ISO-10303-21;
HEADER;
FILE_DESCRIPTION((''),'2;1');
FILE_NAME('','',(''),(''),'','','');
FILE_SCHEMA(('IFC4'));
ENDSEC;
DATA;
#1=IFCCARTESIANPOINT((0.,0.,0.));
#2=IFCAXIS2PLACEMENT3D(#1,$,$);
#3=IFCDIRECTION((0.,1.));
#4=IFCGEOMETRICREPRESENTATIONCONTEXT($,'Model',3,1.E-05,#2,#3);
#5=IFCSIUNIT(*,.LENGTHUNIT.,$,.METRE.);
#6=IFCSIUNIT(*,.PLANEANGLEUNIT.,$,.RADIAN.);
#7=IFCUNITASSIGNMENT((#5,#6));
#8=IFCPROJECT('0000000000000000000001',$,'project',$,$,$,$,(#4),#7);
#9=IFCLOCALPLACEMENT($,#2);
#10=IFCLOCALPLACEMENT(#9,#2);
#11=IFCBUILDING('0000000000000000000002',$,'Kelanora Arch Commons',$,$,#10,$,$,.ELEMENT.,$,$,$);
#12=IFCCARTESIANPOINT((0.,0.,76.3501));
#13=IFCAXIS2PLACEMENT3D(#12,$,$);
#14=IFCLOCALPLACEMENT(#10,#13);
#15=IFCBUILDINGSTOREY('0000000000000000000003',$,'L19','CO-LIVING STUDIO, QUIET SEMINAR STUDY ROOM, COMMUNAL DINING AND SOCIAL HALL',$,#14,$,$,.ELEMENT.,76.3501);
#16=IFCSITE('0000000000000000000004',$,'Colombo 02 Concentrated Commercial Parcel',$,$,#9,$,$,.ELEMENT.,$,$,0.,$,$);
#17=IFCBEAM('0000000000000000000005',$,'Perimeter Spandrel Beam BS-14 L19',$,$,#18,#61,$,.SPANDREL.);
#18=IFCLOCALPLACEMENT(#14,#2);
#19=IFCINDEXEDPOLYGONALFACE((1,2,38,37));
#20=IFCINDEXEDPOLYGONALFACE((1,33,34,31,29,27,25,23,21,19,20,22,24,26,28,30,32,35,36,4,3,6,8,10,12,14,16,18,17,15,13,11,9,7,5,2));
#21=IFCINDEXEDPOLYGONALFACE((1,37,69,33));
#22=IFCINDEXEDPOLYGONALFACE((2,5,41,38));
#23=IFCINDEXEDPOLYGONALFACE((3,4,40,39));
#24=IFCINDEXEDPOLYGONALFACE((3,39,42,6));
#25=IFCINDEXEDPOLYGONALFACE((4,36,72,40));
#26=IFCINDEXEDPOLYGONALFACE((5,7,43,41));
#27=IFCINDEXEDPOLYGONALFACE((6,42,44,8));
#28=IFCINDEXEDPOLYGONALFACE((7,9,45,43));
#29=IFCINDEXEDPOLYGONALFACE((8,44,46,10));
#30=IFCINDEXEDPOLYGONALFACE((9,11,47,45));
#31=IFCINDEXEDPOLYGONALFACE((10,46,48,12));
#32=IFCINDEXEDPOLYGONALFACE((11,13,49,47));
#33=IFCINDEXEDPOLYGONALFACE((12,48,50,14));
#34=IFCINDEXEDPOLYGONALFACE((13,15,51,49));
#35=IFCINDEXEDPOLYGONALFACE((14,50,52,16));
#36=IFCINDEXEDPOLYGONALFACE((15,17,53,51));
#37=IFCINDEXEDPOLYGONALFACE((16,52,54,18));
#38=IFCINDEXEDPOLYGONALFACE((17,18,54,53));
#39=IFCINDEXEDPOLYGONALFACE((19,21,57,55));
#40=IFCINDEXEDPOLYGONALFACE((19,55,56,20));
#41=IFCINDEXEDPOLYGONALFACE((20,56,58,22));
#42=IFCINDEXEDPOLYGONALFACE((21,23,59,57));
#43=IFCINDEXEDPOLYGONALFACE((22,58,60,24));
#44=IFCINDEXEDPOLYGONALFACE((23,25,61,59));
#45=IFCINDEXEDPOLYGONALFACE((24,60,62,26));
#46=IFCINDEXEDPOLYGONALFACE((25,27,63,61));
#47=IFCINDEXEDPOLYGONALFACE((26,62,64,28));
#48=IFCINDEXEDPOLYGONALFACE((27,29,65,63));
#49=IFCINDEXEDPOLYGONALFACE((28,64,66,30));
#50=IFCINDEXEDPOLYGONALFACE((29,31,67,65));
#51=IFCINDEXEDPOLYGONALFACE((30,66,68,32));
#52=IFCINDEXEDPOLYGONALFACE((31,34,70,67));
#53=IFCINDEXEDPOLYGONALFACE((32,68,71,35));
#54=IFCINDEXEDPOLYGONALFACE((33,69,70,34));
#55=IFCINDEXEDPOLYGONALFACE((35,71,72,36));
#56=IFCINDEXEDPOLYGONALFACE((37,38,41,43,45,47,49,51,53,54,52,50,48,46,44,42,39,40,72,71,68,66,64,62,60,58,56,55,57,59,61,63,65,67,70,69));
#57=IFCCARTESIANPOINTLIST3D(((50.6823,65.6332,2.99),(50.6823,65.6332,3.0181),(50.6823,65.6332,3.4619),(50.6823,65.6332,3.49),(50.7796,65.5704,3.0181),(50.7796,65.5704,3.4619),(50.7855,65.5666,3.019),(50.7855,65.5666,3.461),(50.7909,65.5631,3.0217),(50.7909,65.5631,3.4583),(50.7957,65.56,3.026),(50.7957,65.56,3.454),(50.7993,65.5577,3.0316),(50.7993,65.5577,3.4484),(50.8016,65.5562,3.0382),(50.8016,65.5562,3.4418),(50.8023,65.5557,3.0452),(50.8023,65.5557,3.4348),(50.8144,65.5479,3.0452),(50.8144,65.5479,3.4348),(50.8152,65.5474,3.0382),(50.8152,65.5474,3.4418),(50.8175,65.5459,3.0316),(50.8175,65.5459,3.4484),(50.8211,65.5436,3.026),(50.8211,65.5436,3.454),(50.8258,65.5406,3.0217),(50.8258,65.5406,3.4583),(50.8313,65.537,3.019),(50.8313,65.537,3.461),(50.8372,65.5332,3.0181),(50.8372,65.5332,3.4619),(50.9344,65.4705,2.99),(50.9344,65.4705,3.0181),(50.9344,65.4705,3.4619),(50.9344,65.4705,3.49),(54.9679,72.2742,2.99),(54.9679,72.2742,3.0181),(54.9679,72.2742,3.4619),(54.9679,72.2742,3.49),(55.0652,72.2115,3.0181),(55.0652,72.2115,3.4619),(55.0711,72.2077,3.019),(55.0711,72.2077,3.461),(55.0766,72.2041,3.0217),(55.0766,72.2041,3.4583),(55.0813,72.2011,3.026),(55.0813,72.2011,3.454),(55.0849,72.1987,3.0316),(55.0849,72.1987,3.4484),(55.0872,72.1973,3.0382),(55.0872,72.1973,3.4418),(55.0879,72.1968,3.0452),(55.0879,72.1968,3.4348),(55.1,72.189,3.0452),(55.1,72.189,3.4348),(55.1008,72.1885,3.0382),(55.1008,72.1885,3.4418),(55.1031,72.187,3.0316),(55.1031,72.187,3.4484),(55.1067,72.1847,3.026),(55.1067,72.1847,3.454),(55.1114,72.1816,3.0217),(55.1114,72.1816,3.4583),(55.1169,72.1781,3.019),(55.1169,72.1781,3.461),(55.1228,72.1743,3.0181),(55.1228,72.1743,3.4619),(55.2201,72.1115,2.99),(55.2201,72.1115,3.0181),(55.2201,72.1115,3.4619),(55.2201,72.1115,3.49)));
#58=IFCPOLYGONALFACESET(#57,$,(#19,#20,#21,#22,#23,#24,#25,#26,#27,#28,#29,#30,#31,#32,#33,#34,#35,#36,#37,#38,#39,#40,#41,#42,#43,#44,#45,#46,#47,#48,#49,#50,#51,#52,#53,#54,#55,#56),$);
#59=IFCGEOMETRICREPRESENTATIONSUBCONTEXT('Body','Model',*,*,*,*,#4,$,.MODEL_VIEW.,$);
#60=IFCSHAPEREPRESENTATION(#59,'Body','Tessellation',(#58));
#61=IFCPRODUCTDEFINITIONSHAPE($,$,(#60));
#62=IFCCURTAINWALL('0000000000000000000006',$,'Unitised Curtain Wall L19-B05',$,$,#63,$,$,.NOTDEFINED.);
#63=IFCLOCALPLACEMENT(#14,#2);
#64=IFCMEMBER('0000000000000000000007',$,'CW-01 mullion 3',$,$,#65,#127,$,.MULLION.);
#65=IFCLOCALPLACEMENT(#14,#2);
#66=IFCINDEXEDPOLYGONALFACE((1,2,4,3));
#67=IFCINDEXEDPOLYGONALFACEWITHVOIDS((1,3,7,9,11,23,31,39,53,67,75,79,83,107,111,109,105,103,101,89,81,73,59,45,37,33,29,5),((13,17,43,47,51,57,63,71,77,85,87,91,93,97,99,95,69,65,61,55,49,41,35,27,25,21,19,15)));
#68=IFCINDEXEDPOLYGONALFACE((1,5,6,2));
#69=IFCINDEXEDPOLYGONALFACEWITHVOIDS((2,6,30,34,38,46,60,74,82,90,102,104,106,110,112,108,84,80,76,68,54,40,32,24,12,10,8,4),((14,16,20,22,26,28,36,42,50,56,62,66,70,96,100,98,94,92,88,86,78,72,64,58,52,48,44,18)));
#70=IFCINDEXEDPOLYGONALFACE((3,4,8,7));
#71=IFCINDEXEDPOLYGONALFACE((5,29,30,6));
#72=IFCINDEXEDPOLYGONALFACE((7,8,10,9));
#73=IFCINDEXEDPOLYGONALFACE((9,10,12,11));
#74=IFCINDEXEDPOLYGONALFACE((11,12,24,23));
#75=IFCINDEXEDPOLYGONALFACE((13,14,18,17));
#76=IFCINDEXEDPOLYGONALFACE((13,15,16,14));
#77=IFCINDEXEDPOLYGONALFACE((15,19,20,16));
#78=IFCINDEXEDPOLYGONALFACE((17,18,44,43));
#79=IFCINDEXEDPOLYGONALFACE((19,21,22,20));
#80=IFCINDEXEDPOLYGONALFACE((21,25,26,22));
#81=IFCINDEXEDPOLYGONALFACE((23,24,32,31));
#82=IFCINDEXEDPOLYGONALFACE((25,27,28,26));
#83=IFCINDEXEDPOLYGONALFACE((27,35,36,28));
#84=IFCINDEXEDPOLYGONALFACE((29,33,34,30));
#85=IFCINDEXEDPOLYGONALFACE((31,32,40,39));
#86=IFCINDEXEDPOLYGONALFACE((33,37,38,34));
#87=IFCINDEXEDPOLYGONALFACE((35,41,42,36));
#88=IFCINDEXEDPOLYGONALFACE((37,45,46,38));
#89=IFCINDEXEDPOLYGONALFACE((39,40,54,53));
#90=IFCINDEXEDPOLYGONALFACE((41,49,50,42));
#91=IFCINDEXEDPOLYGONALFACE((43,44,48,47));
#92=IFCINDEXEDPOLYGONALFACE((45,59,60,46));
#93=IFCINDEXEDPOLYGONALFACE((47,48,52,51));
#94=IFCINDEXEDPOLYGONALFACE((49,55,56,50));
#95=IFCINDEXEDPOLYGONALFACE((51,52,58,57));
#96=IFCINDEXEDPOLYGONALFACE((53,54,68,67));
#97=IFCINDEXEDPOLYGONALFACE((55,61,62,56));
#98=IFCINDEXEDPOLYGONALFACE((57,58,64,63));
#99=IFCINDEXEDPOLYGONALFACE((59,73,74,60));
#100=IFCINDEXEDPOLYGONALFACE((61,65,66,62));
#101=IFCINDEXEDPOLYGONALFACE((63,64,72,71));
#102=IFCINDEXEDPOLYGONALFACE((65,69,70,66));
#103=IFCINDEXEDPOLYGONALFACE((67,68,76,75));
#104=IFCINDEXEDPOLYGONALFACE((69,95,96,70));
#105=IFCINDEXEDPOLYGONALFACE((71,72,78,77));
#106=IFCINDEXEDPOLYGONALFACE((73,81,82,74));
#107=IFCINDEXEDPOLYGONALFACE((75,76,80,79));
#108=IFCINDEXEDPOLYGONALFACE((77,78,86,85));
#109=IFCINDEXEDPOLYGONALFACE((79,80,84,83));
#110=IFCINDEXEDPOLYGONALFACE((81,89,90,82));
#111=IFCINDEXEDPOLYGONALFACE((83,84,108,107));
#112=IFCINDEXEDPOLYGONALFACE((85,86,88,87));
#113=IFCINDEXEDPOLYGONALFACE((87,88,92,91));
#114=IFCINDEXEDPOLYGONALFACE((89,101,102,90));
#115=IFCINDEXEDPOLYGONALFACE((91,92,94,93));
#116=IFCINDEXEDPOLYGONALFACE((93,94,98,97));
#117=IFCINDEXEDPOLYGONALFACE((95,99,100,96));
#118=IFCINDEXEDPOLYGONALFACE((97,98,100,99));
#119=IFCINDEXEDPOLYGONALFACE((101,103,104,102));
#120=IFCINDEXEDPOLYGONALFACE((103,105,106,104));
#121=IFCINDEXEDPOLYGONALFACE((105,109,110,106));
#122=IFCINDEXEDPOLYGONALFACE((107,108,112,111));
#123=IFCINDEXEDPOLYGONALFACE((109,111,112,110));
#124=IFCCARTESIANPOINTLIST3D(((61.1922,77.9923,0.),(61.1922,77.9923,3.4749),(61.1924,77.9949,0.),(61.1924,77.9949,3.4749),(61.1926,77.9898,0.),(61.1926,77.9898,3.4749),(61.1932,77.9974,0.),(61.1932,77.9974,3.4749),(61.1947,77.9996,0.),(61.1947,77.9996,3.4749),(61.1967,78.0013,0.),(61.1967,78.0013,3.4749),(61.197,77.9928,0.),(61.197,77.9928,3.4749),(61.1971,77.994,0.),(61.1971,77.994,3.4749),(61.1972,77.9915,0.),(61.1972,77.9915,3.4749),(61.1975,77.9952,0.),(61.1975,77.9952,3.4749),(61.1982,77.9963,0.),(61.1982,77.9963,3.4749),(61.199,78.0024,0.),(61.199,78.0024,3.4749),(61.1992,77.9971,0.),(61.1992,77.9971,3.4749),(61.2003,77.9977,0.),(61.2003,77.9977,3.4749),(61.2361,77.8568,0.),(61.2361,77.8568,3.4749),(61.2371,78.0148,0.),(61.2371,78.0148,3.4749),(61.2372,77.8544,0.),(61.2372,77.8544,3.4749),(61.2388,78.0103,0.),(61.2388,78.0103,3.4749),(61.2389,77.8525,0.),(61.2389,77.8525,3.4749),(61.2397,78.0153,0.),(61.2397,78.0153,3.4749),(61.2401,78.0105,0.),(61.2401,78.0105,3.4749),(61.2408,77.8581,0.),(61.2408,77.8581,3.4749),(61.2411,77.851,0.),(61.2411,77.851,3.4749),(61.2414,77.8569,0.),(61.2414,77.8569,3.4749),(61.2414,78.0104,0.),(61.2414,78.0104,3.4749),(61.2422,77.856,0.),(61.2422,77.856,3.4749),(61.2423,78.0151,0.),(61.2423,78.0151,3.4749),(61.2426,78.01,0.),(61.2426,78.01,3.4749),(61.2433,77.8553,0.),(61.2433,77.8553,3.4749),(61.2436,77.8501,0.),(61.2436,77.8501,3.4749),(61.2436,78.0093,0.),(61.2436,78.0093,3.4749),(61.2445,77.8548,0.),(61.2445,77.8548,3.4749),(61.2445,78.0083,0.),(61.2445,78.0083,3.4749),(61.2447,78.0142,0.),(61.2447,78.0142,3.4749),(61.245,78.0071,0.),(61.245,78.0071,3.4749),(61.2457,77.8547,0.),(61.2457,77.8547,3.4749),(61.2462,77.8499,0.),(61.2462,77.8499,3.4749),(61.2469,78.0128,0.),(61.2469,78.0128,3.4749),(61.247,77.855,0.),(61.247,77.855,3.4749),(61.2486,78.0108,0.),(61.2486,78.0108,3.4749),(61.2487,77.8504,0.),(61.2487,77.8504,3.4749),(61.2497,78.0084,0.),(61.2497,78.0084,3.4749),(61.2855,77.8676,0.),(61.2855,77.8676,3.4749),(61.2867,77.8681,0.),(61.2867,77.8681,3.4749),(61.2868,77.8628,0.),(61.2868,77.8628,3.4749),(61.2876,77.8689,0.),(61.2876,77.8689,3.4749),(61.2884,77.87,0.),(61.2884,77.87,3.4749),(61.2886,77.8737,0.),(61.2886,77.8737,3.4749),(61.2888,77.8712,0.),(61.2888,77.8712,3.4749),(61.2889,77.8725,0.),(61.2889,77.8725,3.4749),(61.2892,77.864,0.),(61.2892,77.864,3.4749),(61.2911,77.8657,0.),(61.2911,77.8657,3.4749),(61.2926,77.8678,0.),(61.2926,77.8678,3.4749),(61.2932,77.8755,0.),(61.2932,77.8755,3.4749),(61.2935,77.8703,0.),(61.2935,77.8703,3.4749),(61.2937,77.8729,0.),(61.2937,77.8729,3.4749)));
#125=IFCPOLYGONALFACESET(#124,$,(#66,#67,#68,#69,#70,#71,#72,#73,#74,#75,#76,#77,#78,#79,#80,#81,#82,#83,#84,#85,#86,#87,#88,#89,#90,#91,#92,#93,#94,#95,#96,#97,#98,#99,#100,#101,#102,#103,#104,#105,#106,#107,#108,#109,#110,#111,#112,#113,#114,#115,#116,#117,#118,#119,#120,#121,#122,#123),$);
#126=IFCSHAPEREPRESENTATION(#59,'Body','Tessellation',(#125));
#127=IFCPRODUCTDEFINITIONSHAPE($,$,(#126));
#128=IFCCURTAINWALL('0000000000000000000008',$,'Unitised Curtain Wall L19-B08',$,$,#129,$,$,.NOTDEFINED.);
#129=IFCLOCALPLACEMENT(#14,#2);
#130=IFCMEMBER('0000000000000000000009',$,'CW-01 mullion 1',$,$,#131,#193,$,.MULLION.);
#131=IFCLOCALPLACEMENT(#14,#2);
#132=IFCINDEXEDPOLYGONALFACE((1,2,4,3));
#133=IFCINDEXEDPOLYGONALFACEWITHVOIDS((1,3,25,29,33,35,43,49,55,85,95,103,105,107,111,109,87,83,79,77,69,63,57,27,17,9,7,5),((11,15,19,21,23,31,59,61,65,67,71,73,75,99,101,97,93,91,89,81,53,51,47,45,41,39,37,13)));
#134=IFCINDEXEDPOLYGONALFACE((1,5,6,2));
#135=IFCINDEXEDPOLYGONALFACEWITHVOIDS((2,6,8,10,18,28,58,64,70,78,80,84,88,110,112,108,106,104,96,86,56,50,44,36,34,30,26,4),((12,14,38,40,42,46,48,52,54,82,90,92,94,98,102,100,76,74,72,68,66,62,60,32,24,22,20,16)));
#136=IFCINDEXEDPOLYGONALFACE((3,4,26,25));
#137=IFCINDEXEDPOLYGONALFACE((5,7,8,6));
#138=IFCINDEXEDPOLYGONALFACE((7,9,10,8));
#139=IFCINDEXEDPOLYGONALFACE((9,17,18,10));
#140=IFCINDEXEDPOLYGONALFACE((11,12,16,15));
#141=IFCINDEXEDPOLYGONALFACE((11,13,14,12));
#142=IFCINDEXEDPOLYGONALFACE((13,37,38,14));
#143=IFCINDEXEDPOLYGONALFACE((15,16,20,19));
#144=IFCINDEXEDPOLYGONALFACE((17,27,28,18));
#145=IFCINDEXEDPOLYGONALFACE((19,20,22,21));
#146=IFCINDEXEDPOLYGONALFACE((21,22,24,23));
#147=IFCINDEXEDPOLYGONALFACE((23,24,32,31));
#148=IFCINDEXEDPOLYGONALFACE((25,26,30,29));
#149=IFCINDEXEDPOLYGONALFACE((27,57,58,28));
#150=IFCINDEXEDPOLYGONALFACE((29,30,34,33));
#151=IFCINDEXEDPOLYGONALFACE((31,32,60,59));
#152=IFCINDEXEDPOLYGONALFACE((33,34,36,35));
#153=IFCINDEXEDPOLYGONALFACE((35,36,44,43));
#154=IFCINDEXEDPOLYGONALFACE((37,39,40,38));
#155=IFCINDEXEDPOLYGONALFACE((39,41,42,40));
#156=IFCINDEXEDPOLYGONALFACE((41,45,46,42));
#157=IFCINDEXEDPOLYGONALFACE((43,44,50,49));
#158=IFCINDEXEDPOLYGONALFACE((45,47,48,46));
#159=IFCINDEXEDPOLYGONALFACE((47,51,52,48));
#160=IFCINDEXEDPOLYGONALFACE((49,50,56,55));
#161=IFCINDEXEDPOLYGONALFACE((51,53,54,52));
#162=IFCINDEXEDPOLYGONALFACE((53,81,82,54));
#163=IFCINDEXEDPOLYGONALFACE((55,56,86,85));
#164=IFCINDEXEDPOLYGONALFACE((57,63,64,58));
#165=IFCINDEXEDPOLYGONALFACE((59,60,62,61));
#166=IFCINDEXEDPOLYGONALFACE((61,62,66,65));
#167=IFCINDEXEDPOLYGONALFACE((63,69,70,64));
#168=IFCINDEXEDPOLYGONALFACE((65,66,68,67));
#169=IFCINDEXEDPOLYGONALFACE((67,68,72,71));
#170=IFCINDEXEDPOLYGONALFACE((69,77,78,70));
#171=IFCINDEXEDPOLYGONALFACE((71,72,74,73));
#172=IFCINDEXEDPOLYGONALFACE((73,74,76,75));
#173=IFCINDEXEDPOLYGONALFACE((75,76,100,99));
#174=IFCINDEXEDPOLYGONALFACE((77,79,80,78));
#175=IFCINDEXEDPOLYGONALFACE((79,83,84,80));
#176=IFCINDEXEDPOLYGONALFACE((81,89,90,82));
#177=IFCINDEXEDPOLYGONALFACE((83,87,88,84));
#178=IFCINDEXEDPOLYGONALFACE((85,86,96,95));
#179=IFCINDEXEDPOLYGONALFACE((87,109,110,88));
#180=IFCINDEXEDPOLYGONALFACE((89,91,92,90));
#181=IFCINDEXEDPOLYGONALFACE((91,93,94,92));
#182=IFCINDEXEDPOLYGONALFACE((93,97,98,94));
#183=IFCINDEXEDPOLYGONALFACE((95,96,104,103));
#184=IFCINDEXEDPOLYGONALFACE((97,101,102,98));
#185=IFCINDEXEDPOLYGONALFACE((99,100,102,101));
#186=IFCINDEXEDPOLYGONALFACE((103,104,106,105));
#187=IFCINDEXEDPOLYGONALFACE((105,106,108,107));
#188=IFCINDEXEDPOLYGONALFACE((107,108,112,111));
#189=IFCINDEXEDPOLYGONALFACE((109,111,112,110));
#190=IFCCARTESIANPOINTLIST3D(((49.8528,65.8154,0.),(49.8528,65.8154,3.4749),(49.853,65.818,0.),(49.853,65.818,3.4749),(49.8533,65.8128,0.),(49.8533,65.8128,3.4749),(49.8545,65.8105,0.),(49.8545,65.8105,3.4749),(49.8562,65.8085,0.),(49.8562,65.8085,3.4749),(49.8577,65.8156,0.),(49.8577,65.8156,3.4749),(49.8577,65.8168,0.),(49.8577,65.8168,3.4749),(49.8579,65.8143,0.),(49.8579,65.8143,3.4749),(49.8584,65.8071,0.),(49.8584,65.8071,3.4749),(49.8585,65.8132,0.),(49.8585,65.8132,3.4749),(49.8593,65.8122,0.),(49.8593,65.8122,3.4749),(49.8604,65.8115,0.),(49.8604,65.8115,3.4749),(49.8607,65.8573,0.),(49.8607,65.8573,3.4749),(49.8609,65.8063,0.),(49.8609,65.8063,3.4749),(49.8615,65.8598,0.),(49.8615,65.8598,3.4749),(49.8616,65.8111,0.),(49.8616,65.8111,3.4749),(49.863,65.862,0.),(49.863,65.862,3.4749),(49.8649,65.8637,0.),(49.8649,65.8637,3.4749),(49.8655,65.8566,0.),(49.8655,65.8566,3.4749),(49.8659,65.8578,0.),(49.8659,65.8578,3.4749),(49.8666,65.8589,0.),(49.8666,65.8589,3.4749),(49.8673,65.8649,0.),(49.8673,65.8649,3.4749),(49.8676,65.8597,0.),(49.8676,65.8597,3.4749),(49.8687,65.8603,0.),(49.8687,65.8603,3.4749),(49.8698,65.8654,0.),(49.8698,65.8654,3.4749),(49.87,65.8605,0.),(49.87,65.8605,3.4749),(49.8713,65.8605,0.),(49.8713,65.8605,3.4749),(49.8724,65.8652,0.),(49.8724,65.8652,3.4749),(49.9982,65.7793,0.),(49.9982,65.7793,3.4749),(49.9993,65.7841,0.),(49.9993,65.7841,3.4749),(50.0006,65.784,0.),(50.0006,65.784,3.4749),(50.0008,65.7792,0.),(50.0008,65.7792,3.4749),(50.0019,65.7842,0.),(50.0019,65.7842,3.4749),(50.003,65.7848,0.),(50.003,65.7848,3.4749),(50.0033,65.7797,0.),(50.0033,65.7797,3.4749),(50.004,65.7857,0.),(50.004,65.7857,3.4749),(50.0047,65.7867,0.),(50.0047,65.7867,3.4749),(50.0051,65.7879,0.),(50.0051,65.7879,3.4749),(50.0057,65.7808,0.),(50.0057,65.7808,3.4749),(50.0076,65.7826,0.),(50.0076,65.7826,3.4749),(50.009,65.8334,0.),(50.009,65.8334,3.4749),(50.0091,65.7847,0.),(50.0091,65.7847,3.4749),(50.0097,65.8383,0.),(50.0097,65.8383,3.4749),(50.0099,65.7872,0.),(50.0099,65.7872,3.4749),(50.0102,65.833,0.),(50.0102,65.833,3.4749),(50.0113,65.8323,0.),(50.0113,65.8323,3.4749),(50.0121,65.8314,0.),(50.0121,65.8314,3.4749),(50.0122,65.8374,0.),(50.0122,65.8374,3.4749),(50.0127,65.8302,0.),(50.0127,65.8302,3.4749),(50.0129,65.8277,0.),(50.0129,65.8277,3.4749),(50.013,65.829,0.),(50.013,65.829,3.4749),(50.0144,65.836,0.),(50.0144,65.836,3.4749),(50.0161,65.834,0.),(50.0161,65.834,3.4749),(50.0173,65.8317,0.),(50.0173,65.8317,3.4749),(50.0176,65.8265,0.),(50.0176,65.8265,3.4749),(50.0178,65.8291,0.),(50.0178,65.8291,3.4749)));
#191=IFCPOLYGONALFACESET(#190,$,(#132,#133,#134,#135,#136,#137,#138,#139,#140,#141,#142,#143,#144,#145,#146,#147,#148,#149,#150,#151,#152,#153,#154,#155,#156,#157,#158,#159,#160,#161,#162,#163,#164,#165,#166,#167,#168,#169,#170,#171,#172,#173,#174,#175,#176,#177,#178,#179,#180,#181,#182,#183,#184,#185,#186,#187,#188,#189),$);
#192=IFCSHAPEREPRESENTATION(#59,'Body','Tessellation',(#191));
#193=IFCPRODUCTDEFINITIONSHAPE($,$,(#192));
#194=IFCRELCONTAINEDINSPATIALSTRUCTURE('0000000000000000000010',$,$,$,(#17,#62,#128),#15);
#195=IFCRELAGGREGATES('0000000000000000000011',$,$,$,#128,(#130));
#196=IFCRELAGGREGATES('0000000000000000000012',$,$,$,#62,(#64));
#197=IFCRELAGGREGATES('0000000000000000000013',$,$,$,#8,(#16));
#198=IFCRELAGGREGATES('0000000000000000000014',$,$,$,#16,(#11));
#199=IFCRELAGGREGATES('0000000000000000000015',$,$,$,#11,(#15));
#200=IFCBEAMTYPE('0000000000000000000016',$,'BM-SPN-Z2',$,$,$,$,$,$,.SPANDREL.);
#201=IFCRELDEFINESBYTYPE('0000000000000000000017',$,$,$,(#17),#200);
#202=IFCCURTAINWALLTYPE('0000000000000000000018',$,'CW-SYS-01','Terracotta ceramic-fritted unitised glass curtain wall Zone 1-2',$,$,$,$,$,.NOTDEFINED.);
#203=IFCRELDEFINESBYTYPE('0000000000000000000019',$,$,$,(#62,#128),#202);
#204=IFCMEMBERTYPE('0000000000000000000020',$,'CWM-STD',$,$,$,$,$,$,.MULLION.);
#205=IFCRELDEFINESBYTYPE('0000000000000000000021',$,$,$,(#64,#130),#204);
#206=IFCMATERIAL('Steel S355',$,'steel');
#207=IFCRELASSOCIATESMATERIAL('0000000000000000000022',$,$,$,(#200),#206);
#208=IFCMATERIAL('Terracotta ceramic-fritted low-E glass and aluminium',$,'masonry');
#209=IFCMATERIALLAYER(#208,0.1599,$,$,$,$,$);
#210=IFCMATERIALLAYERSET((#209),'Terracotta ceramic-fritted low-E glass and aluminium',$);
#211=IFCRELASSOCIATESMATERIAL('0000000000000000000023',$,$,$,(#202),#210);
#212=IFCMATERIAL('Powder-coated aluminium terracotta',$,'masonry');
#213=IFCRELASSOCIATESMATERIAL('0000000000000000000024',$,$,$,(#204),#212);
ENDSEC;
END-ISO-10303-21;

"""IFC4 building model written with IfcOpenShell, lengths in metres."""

from ifc_helpers import new_model, si_unit, direction, frame, origin, origin_2d, place, context, subcontext, project, spatial, hollow_rectangle, i_section, extrude, material, layer, layer_set, material_profile, profile_set, type_object, element, aggregate, save


model = new_model("IFC4")

# Units and contexts
model_context = context("Model", 3, precision=1e-05, world=origin(), true_north=direction((0.0, 1.0)))
body_context = subcontext(model_context, "Body", "Model", "MODEL_VIEW")
ifc_project = project(units=[si_unit("LENGTHUNIT", "METRE"), si_unit("PLANEANGLEUNIT", "RADIAN")], contexts=[model_context])

# Site, building, storey
site_placement = place(None, origin())
site = spatial("IfcSite", under=ifc_project, at=site_placement, Name="Colombo 02 Concentrated Commercial Parcel", CompositionType="ELEMENT", RefElevation=0.0)
building_placement = place(site_placement, origin())
building = spatial("IfcBuilding", under=site, at=building_placement, Name="Kelanora Arch Commons", CompositionType="ELEMENT")
storey_placement = place(building_placement, frame((0.0, 0.0, 76.3501)))
storey = spatial("IfcBuildingStorey", under=building, at=storey_placement, Name="L19", Description="CO-LIVING STUDIO, QUIET SEMINAR STUDY ROOM, COMMUNAL DINING AND SOCIAL HALL", CompositionType="ELEMENT", Elevation=76.3501)

# Beam
ifc_material_1 = material(Name="Steel S355", Category="steel")
ifc_material_profile_1 = material_profile(ifc_material_1, i_section(OverallWidth=0.3, OverallDepth=0.5, WebThickness=0.0144, FlangeThickness=0.0281, FilletRadius=0.0271, at=origin_2d()), Name="HEB500")
ifc_profile_set_1 = profile_set([ifc_material_profile_1], Name="Steel S355")
beam_type_1 = type_object("IfcBeamType", Name="BM-SPN-Z2", PredefinedType="SPANDREL", material=ifc_profile_set_1)
beam_1_placement = place(storey_placement, frame((55.094, 72.1929, 3.24), z_axis=(-0.542221, -0.840236, 0.0), x_axis=(0.840236, -0.542221, 0.0)))
element("IfcBeam", 1, at=beam_1_placement, inside=storey, type_object=beam_type_1, Name="Perimeter Spandrel Beam BS-14 L19", PredefinedType="SPANDREL", context=body_context, shape_type="SweptSolid", body=[
    extrude(i_section(OverallWidth=0.3, OverallDepth=0.5, WebThickness=0.0144, FlangeThickness=0.0281, FilletRadius=0.0271, at=origin_2d()), origin(), (0.0, 0.0, 1.0), 7.9038),
])

# Curtain wall, member
ifc_material_2 = material(Name="Terracotta ceramic-fritted low-E glass and aluminium", Category="masonry")
ifc_layer_1 = layer(ifc_material_2, 0.1599)
ifc_layer_set_1 = layer_set([ifc_layer_1], Name="Terracotta ceramic-fritted low-E glass and aluminium")
curtain_wall_type = type_object("IfcCurtainWallType", Name="CW-SYS-01", Description="Terracotta ceramic-fritted unitised glass curtain wall Zone 1-2", PredefinedType="NOTDEFINED", material=ifc_layer_set_1)
curtain_wall_1_placement = place(storey_placement, origin())
curtain_wall_1 = element("IfcCurtainWall", 2, at=curtain_wall_1_placement, inside=storey, type_object=curtain_wall_type, Name="Unitised Curtain Wall L19-B05", PredefinedType="NOTDEFINED")
ifc_material_3 = material(Name="Powder-coated aluminium terracotta", Category="masonry")
ifc_material_profile_2 = material_profile(ifc_material_3, hollow_rectangle(XDim=0.1599, YDim=0.0601, WallThickness=0.0049, InnerFilletRadius=0.0049, OuterFilletRadius=0.01, at=origin_2d()), Name="CWM160x60")
ifc_profile_set_2 = profile_set([ifc_material_profile_2], Name="Powder-coated aluminium terracotta")
member_type_1 = type_object("IfcMemberType", Name="CWM-STD", PredefinedType="MULLION", material=ifc_profile_set_2)
member_1_placement = place(storey_placement, frame((61.2429, 77.9326, 0.0), z_axis=(0.0, 0.0, 1.0), x_axis=(0.310805, -0.950474, 0.0)))
member_1 = element("IfcMember", 3, at=member_1_placement, type_object=member_type_1, Name="CW-01 mullion 3", PredefinedType="MULLION", context=body_context, shape_type="SweptSolid", body=[
    extrude(hollow_rectangle(XDim=0.1599, YDim=0.0601, WallThickness=0.0049, InnerFilletRadius=0.0049, OuterFilletRadius=0.01, at=origin_2d()), origin(), (0.0, 0.0, 1.0), 3.4749),
])

# Curtain wall, member
curtain_wall_2_placement = place(storey_placement, origin())
curtain_wall_2 = element("IfcCurtainWall", 4, at=curtain_wall_2_placement, inside=storey, type_object=curtain_wall_type, Name="Unitised Curtain Wall L19-B08", PredefinedType="NOTDEFINED")
member_2_placement = place(storey_placement, frame((49.9353, 65.8223, 0.0), z_axis=(0.0, 0.0, 1.0), x_axis=(0.98128, -0.192585, 0.0)))
member_2 = element("IfcMember", 5, at=member_2_placement, type_object=member_type_1, Name="CW-01 mullion 1", PredefinedType="MULLION", context=body_context, shape_type="SweptSolid", body=[
    extrude(hollow_rectangle(XDim=0.1599, YDim=0.0601, WallThickness=0.0049, InnerFilletRadius=0.0049, OuterFilletRadius=0.01, at=origin_2d()), origin(), (0.0, 0.0, 1.0), 3.4749),
])
aggregate(curtain_wall_2, [member_2])

aggregate(curtain_wall_1, [member_1])

save(model, "model.ifc")
